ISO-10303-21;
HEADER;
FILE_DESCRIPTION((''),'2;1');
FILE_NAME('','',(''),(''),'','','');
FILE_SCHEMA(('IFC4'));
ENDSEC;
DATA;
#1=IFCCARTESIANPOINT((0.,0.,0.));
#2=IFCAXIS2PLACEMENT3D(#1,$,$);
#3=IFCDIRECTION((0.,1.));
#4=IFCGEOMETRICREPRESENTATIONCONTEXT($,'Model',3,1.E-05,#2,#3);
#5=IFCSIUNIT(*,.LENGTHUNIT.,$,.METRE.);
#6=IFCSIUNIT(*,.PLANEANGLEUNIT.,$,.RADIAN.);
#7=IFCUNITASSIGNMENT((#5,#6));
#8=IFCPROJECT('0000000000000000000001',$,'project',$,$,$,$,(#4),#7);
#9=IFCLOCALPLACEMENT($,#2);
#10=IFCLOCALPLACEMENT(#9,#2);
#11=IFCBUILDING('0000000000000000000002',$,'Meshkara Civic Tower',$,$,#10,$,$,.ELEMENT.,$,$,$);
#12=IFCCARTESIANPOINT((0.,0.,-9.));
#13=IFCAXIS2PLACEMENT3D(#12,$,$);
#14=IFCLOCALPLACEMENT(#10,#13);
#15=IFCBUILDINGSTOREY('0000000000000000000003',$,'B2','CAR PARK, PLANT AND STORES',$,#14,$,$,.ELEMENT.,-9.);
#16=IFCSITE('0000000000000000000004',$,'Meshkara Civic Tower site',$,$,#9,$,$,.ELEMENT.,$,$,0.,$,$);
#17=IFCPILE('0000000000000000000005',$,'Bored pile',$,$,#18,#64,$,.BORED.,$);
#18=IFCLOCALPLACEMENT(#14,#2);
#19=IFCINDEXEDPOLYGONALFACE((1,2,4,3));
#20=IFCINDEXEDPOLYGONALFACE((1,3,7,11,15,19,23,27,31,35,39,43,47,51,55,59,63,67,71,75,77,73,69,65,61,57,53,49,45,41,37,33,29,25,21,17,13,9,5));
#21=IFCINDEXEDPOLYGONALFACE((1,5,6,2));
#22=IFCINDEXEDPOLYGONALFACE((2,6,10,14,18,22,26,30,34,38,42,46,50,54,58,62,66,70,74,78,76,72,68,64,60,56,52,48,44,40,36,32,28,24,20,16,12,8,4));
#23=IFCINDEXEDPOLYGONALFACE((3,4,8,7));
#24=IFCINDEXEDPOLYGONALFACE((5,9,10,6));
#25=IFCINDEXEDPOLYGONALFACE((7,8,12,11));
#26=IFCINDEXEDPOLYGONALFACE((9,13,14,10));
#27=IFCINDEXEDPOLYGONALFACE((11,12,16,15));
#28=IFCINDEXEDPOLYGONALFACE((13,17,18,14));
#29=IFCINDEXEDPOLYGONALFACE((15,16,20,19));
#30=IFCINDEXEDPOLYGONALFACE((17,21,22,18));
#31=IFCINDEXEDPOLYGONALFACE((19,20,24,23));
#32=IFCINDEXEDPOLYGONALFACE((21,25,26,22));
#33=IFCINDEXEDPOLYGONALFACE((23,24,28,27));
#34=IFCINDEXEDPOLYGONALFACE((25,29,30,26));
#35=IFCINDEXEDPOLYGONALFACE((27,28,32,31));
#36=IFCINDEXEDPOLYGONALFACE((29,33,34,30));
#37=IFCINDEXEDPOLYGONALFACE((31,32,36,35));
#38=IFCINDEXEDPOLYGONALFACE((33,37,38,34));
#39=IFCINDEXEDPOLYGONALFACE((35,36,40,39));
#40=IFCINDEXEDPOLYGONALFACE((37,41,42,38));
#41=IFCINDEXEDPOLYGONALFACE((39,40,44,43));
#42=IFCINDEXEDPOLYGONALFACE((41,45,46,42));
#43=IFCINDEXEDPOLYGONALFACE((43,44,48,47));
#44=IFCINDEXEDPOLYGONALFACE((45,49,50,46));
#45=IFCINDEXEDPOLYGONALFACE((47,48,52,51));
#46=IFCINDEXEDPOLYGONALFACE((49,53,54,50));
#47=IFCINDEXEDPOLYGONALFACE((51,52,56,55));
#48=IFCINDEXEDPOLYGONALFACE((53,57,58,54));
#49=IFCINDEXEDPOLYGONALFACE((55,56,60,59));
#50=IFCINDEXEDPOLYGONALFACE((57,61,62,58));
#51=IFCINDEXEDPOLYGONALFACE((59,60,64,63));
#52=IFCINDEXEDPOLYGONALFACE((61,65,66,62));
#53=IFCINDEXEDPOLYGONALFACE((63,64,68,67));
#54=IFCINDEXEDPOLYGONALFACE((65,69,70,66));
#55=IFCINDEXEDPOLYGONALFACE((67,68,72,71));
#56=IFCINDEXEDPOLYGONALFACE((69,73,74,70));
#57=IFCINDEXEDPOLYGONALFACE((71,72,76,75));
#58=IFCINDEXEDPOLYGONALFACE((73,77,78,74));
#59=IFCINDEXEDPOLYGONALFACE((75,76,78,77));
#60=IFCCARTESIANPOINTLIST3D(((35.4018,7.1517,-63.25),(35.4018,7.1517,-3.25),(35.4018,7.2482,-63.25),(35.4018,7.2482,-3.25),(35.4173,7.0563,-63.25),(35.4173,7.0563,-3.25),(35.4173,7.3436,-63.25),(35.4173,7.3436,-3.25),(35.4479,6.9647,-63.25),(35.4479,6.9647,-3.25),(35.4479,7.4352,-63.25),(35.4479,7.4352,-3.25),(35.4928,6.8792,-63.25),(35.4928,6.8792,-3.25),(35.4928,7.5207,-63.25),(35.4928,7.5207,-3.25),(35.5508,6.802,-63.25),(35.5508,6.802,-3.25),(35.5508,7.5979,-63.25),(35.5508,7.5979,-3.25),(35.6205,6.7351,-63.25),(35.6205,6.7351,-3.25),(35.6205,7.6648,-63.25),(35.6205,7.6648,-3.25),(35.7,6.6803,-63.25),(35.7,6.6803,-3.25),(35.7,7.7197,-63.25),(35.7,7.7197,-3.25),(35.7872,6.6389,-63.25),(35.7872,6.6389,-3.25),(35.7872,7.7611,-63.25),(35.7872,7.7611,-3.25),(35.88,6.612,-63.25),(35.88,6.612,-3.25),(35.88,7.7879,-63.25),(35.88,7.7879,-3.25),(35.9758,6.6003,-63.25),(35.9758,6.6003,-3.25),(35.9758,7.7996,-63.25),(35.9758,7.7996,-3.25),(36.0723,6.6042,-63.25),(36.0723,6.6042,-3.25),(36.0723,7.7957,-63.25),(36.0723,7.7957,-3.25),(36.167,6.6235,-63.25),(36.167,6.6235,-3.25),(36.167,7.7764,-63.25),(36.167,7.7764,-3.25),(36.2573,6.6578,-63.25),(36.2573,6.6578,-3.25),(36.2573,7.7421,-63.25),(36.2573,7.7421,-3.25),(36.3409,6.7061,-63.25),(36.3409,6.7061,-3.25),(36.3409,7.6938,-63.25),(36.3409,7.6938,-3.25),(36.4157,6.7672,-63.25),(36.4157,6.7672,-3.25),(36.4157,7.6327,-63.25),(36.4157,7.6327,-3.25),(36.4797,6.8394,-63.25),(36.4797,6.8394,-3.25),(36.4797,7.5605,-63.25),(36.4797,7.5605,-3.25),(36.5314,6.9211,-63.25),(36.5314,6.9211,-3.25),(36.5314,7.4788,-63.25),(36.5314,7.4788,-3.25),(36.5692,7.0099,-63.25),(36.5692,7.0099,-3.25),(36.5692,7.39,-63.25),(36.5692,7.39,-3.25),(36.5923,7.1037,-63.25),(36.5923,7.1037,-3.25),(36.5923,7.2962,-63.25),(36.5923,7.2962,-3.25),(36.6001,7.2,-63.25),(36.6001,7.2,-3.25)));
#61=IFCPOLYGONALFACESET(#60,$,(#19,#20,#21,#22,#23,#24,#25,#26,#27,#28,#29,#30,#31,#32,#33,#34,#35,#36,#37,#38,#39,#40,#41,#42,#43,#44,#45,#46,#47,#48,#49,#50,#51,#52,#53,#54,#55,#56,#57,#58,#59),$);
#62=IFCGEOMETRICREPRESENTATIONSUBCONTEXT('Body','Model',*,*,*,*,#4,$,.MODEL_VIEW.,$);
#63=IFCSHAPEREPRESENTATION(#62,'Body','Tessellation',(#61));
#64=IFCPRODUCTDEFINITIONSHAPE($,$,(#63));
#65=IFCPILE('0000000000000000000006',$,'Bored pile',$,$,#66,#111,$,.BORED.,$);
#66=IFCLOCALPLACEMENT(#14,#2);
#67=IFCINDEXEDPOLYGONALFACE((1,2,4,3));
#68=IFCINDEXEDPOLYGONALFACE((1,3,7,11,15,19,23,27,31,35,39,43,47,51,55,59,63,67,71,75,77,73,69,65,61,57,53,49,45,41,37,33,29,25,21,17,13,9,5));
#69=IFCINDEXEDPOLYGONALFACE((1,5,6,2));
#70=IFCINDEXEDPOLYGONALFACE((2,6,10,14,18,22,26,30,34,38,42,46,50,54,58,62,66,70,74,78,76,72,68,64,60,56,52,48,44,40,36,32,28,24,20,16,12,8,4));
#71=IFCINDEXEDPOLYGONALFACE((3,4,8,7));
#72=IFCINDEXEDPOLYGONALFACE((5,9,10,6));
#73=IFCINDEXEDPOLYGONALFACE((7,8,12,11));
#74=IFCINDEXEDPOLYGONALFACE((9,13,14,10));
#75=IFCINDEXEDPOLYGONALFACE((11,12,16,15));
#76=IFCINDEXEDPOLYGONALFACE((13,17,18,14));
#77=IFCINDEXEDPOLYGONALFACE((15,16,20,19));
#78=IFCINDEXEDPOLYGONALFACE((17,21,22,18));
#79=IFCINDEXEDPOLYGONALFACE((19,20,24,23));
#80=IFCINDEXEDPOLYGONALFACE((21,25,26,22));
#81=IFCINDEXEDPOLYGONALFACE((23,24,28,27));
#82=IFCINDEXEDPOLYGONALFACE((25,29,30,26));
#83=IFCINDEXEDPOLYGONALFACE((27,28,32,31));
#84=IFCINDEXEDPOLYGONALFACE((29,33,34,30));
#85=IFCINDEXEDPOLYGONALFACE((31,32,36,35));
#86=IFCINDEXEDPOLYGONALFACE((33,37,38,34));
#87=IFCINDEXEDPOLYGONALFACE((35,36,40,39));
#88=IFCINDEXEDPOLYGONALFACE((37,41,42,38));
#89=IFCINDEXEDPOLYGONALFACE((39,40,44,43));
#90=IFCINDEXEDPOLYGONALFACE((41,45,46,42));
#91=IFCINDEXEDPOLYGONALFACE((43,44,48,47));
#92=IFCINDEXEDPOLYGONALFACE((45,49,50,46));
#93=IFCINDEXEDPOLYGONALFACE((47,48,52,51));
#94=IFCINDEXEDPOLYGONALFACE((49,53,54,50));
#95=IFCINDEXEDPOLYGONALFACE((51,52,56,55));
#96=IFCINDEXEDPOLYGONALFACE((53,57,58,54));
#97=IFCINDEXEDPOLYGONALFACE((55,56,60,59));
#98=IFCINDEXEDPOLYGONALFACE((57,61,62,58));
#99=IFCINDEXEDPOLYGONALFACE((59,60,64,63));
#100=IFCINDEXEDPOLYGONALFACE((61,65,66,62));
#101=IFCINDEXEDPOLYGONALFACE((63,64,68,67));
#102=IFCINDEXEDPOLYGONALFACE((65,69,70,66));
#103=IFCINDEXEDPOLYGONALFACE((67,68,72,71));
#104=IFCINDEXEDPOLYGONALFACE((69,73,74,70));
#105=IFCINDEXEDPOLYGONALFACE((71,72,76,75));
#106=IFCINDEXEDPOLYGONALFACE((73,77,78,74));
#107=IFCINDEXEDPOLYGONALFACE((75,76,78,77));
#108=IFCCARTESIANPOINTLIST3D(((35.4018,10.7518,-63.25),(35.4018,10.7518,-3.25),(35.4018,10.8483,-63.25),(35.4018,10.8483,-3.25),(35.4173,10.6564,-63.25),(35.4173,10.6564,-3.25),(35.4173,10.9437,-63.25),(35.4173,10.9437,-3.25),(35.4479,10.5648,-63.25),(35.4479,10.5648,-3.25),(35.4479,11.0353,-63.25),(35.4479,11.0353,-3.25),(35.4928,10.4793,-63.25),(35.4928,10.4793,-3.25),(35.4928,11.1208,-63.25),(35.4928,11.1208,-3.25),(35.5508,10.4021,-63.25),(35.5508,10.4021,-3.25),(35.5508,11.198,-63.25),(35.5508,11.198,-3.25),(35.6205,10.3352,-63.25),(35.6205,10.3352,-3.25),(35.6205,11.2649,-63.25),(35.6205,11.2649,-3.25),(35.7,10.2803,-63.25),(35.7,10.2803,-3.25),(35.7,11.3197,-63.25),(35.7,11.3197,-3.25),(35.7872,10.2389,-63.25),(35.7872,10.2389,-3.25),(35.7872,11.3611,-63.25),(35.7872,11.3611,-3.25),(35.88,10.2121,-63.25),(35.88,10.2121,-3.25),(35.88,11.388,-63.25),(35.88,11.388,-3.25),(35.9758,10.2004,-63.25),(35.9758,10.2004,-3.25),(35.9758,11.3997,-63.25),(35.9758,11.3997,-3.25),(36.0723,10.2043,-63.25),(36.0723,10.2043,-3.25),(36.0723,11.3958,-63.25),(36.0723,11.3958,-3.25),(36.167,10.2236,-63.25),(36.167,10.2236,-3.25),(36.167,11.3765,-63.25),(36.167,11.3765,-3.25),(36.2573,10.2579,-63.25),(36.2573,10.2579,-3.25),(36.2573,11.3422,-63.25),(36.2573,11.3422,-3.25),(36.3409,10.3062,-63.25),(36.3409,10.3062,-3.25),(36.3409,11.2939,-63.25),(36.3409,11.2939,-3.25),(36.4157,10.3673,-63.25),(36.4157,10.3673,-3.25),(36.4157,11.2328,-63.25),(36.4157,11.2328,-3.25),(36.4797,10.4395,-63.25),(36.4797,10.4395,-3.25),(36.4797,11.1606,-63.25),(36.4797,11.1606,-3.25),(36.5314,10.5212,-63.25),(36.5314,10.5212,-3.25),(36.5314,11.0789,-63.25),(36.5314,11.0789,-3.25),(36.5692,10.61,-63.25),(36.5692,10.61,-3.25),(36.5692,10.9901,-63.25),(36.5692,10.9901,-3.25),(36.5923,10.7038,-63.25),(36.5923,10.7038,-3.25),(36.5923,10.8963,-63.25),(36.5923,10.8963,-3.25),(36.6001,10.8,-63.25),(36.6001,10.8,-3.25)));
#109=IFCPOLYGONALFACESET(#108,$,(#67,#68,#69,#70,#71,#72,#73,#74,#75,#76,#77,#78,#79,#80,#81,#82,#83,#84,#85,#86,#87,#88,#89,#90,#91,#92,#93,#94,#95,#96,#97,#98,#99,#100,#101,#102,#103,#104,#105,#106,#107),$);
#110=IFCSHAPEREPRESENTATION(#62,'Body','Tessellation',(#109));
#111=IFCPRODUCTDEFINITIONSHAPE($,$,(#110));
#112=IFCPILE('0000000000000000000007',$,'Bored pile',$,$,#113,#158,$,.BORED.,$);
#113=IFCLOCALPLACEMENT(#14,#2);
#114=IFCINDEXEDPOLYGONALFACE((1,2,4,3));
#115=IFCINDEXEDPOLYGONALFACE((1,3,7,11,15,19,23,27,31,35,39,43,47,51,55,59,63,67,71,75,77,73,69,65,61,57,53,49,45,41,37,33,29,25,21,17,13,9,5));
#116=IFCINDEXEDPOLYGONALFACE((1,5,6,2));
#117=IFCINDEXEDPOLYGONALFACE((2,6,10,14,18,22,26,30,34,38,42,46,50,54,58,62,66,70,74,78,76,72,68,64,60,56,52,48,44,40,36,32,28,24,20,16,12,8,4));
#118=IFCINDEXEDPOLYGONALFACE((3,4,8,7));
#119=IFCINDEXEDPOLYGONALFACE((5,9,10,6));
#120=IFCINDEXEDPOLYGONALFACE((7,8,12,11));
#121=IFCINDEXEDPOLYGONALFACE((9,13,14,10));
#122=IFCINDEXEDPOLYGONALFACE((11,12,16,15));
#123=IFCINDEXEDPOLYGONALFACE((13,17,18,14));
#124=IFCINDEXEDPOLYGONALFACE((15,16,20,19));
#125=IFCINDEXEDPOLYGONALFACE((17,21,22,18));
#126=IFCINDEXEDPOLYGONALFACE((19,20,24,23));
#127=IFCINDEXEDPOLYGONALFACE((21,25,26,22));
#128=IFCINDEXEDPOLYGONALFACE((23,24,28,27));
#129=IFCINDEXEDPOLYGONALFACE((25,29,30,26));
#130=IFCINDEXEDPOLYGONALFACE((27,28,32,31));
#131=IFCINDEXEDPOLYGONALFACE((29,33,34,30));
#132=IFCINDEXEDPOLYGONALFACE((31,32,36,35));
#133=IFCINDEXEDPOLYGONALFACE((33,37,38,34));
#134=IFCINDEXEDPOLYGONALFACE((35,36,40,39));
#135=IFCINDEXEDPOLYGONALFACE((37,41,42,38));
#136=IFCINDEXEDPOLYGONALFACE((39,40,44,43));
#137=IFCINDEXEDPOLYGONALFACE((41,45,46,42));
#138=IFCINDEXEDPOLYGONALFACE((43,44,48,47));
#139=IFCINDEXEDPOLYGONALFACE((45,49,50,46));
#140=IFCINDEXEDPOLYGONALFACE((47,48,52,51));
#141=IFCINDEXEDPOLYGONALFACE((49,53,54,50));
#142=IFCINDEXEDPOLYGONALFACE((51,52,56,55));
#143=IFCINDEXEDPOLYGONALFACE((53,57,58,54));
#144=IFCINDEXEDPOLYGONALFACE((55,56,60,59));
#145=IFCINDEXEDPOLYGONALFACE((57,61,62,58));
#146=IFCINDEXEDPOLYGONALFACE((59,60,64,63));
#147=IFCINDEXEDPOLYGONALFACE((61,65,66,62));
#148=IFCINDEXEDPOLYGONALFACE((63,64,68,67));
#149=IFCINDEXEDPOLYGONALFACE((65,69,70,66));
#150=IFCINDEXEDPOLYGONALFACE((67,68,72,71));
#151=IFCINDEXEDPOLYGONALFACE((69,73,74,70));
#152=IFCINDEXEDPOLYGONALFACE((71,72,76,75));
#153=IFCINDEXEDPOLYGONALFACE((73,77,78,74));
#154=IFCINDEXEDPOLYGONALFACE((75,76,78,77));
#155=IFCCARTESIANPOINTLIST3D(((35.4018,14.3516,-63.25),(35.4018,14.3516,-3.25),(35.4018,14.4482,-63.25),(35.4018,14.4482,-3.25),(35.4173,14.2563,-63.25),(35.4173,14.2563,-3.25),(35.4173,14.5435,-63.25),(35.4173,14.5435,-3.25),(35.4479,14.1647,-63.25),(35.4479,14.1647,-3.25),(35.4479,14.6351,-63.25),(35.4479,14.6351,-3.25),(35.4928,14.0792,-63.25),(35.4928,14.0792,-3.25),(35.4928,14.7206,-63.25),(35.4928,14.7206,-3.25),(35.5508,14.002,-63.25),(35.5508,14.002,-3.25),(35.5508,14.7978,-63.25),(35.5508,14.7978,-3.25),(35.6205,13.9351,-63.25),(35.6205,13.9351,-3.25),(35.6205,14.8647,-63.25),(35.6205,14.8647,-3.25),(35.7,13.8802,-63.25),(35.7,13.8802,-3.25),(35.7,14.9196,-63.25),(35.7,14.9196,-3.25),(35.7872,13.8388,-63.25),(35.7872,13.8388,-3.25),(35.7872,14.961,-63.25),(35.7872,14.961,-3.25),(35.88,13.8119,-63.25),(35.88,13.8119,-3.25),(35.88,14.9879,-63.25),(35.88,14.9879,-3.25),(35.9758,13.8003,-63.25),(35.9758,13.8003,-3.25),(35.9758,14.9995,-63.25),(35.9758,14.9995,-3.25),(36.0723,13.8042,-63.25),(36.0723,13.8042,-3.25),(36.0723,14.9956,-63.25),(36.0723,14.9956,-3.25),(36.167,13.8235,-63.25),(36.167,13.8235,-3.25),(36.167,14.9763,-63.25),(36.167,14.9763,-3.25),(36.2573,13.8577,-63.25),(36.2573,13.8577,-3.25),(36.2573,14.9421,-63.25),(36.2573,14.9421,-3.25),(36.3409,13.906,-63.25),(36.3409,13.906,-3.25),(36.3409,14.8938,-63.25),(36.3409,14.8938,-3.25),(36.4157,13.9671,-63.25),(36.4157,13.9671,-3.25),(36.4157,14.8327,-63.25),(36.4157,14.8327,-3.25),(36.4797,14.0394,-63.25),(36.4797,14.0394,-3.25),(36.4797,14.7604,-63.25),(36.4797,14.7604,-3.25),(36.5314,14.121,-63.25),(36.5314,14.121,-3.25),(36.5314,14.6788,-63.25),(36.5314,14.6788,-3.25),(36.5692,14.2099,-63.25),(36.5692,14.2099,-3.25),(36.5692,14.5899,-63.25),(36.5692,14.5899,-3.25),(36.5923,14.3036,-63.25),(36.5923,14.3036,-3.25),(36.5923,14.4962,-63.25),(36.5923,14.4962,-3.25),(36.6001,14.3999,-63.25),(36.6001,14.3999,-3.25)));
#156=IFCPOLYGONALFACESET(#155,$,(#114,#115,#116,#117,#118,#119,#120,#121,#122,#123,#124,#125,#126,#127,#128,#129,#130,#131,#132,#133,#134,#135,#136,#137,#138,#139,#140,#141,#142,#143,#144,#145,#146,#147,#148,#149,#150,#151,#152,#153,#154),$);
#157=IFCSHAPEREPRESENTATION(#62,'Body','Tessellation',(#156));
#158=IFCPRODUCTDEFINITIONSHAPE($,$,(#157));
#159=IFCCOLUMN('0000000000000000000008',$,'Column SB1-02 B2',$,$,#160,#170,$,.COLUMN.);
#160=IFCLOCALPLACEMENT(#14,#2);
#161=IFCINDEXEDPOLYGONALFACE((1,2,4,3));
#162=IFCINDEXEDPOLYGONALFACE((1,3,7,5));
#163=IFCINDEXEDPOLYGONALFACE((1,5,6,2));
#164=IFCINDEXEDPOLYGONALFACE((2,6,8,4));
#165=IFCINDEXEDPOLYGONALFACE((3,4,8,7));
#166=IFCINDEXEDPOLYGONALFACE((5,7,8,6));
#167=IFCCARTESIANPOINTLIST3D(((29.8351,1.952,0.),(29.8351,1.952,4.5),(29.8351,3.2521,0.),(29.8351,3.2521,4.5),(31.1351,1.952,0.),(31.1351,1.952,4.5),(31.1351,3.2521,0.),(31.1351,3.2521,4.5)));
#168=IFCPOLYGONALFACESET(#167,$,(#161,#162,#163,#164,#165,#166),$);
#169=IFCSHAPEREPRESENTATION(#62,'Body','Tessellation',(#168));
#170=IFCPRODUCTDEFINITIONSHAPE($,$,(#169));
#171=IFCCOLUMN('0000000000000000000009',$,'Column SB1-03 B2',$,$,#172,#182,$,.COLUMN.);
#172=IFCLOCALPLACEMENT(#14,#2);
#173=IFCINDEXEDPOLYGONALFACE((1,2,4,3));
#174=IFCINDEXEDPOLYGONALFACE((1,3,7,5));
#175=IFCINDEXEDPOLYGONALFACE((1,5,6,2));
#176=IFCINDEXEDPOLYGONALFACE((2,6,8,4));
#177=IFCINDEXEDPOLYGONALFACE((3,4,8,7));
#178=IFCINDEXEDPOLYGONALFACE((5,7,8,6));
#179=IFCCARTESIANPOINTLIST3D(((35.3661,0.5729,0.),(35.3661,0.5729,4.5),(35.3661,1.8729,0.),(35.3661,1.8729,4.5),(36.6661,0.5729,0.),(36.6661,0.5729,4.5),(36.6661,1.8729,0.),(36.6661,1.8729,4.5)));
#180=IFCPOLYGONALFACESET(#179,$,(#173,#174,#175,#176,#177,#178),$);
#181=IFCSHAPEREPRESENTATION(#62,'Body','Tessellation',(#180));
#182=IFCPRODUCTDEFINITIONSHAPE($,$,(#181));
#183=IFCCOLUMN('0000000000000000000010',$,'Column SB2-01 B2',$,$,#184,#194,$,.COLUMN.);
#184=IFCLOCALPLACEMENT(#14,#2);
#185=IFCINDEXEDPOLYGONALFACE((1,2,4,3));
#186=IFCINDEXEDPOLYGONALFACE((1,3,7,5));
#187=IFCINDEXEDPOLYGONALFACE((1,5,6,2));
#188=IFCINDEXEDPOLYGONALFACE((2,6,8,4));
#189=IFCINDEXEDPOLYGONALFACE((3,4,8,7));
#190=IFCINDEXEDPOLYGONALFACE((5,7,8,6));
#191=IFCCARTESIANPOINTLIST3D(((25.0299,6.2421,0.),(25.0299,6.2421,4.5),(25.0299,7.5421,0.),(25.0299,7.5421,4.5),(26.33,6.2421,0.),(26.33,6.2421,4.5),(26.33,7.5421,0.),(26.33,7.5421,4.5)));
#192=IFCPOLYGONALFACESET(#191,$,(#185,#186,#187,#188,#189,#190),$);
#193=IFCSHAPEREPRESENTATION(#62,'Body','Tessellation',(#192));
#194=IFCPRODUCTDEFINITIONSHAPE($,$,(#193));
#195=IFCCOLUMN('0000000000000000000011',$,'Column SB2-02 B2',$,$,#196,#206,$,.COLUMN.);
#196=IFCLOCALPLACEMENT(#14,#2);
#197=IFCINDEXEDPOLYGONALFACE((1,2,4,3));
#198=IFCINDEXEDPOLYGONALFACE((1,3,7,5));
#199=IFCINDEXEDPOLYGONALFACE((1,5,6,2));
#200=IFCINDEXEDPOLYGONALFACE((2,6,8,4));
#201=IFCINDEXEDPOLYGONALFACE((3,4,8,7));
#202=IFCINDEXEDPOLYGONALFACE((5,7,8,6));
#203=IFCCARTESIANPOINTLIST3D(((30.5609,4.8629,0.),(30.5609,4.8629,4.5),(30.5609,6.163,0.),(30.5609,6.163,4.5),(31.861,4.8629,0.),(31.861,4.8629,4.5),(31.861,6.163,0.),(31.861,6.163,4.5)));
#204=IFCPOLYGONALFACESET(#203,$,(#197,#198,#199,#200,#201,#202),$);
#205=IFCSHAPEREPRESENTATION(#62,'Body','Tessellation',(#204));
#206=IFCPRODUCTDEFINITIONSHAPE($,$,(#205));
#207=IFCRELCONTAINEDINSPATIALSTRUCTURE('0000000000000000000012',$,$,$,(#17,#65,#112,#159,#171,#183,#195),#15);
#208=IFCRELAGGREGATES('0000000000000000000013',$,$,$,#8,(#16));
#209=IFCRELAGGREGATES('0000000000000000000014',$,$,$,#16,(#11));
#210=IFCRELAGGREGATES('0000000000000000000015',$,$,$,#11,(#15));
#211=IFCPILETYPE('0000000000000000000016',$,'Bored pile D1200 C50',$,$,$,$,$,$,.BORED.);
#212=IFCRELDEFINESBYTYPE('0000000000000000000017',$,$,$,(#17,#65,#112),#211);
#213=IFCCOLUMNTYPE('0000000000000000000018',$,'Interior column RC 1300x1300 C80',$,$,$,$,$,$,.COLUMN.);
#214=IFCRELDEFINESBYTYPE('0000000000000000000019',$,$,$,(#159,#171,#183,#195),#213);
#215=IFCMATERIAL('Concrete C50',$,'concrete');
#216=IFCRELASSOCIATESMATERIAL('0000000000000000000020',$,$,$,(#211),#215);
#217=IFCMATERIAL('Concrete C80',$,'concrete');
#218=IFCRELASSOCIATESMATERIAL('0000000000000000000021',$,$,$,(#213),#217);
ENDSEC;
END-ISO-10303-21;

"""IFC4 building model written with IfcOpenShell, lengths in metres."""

from ifc_helpers import new_model, si_unit, direction, frame, origin, origin_2d, place, context, subcontext, project, spatial, rectangle, circle, extrude, material, material_profile, profile_set, type_object, element, save


model = new_model("IFC4")

# Units and contexts
model_context = context("Model", 3, precision=1e-05, world=origin(), true_north=direction((0.0, 1.0)))
body_context = subcontext(model_context, "Body", "Model", "MODEL_VIEW")
ifc_project = project(units=[si_unit("LENGTHUNIT", "METRE"), si_unit("PLANEANGLEUNIT", "RADIAN")], contexts=[model_context])

# Site, building, storey
site_placement = place(None, origin())
site = spatial("IfcSite", under=ifc_project, at=site_placement, Name="Meshkara Civic Tower site", CompositionType="ELEMENT", RefElevation=0.0)
building_placement = place(site_placement, origin())
building = spatial("IfcBuilding", under=site, at=building_placement, Name="Meshkara Civic Tower", CompositionType="ELEMENT")
storey_placement = place(building_placement, frame((0.0, 0.0, -9.0)))
storey = spatial("IfcBuildingStorey", under=building, at=storey_placement, Name="B2", Description="CAR PARK, PLANT AND STORES", CompositionType="ELEMENT", Elevation=-9.0)

# Piles
ifc_material_1 = material(Name="Concrete C50", Category="concrete")
ifc_material_profile_1 = material_profile(ifc_material_1, circle(Radius=0.6001, at=origin_2d()))
ifc_profile_set_1 = profile_set([ifc_material_profile_1], Name="Concrete C50")
pile_type = type_object("IfcPileType", Name="Bored pile D1200 C50", PredefinedType="BORED", material=ifc_profile_set_1)
for number, where, z_axis, x_axis, name in (
    (1, (36.0, 7.2, -3.25), (0.0, 0.0, -1.0), (1.0, 0.0, 0.0), "Bored pile"),
    (2, (36.0, 10.8, -3.25), (0.0, 0.0, -1.0), (1.0, 0.0, 0.0), "Bored pile"),
    (3, (36.0, 14.3999, -3.25), (0.0, 0.0, -1.0), (1.0, 0.0, 0.0), "Bored pile"),
):
    element("IfcPile", number, at=place(storey_placement, frame(where, z_axis=z_axis, x_axis=x_axis)), inside=storey, type_object=pile_type, Name=name, PredefinedType="BORED", context=body_context, shape_type="SweptSolid", body=[
        extrude(circle(Radius=0.6001, at=origin_2d()), origin(), (0.0, 0.0, 1.0), 60.0),
    ])

# Columns
ifc_material_2 = material(Name="Concrete C80", Category="concrete")
ifc_material_profile_2 = material_profile(ifc_material_2, rectangle(XDim=1.3, YDim=1.3, at=origin_2d()))
ifc_profile_set_2 = profile_set([ifc_material_profile_2], Name="Concrete C80")
column_type_1 = type_object("IfcColumnType", Name="Interior column RC 1300x1300 C80", PredefinedType="COLUMN", material=ifc_profile_set_2)
for number, where, z_axis, x_axis, name in (
    (4, (30.4851, 2.6021, 0.0), (0.0, 0.0, 1.0), (1.0, 0.0, 0.0), "Column SB1-02 B2"),
    (5, (36.0161, 1.2229, 0.0), (0.0, 0.0, 1.0), (1.0, 0.0, 0.0), "Column SB1-03 B2"),
    (6, (25.6799, 6.8921, 0.0), (0.0, 0.0, 1.0), (1.0, 0.0, 0.0), "Column SB2-01 B2"),
    (7, (31.2109, 5.5129, 0.0), (0.0, 0.0, 1.0), (1.0, 0.0, 0.0), "Column SB2-02 B2"),
):
    element("IfcColumn", number, at=place(storey_placement, frame(where, z_axis=z_axis, x_axis=x_axis)), inside=storey, type_object=column_type_1, Name=name, PredefinedType="COLUMN", context=body_context, shape_type="SweptSolid", body=[
        extrude(rectangle(XDim=1.3, YDim=1.3, at=origin_2d()), origin(), (0.0, 0.0, 1.0), 4.5),
    ])

save(model, "model.ifc")
